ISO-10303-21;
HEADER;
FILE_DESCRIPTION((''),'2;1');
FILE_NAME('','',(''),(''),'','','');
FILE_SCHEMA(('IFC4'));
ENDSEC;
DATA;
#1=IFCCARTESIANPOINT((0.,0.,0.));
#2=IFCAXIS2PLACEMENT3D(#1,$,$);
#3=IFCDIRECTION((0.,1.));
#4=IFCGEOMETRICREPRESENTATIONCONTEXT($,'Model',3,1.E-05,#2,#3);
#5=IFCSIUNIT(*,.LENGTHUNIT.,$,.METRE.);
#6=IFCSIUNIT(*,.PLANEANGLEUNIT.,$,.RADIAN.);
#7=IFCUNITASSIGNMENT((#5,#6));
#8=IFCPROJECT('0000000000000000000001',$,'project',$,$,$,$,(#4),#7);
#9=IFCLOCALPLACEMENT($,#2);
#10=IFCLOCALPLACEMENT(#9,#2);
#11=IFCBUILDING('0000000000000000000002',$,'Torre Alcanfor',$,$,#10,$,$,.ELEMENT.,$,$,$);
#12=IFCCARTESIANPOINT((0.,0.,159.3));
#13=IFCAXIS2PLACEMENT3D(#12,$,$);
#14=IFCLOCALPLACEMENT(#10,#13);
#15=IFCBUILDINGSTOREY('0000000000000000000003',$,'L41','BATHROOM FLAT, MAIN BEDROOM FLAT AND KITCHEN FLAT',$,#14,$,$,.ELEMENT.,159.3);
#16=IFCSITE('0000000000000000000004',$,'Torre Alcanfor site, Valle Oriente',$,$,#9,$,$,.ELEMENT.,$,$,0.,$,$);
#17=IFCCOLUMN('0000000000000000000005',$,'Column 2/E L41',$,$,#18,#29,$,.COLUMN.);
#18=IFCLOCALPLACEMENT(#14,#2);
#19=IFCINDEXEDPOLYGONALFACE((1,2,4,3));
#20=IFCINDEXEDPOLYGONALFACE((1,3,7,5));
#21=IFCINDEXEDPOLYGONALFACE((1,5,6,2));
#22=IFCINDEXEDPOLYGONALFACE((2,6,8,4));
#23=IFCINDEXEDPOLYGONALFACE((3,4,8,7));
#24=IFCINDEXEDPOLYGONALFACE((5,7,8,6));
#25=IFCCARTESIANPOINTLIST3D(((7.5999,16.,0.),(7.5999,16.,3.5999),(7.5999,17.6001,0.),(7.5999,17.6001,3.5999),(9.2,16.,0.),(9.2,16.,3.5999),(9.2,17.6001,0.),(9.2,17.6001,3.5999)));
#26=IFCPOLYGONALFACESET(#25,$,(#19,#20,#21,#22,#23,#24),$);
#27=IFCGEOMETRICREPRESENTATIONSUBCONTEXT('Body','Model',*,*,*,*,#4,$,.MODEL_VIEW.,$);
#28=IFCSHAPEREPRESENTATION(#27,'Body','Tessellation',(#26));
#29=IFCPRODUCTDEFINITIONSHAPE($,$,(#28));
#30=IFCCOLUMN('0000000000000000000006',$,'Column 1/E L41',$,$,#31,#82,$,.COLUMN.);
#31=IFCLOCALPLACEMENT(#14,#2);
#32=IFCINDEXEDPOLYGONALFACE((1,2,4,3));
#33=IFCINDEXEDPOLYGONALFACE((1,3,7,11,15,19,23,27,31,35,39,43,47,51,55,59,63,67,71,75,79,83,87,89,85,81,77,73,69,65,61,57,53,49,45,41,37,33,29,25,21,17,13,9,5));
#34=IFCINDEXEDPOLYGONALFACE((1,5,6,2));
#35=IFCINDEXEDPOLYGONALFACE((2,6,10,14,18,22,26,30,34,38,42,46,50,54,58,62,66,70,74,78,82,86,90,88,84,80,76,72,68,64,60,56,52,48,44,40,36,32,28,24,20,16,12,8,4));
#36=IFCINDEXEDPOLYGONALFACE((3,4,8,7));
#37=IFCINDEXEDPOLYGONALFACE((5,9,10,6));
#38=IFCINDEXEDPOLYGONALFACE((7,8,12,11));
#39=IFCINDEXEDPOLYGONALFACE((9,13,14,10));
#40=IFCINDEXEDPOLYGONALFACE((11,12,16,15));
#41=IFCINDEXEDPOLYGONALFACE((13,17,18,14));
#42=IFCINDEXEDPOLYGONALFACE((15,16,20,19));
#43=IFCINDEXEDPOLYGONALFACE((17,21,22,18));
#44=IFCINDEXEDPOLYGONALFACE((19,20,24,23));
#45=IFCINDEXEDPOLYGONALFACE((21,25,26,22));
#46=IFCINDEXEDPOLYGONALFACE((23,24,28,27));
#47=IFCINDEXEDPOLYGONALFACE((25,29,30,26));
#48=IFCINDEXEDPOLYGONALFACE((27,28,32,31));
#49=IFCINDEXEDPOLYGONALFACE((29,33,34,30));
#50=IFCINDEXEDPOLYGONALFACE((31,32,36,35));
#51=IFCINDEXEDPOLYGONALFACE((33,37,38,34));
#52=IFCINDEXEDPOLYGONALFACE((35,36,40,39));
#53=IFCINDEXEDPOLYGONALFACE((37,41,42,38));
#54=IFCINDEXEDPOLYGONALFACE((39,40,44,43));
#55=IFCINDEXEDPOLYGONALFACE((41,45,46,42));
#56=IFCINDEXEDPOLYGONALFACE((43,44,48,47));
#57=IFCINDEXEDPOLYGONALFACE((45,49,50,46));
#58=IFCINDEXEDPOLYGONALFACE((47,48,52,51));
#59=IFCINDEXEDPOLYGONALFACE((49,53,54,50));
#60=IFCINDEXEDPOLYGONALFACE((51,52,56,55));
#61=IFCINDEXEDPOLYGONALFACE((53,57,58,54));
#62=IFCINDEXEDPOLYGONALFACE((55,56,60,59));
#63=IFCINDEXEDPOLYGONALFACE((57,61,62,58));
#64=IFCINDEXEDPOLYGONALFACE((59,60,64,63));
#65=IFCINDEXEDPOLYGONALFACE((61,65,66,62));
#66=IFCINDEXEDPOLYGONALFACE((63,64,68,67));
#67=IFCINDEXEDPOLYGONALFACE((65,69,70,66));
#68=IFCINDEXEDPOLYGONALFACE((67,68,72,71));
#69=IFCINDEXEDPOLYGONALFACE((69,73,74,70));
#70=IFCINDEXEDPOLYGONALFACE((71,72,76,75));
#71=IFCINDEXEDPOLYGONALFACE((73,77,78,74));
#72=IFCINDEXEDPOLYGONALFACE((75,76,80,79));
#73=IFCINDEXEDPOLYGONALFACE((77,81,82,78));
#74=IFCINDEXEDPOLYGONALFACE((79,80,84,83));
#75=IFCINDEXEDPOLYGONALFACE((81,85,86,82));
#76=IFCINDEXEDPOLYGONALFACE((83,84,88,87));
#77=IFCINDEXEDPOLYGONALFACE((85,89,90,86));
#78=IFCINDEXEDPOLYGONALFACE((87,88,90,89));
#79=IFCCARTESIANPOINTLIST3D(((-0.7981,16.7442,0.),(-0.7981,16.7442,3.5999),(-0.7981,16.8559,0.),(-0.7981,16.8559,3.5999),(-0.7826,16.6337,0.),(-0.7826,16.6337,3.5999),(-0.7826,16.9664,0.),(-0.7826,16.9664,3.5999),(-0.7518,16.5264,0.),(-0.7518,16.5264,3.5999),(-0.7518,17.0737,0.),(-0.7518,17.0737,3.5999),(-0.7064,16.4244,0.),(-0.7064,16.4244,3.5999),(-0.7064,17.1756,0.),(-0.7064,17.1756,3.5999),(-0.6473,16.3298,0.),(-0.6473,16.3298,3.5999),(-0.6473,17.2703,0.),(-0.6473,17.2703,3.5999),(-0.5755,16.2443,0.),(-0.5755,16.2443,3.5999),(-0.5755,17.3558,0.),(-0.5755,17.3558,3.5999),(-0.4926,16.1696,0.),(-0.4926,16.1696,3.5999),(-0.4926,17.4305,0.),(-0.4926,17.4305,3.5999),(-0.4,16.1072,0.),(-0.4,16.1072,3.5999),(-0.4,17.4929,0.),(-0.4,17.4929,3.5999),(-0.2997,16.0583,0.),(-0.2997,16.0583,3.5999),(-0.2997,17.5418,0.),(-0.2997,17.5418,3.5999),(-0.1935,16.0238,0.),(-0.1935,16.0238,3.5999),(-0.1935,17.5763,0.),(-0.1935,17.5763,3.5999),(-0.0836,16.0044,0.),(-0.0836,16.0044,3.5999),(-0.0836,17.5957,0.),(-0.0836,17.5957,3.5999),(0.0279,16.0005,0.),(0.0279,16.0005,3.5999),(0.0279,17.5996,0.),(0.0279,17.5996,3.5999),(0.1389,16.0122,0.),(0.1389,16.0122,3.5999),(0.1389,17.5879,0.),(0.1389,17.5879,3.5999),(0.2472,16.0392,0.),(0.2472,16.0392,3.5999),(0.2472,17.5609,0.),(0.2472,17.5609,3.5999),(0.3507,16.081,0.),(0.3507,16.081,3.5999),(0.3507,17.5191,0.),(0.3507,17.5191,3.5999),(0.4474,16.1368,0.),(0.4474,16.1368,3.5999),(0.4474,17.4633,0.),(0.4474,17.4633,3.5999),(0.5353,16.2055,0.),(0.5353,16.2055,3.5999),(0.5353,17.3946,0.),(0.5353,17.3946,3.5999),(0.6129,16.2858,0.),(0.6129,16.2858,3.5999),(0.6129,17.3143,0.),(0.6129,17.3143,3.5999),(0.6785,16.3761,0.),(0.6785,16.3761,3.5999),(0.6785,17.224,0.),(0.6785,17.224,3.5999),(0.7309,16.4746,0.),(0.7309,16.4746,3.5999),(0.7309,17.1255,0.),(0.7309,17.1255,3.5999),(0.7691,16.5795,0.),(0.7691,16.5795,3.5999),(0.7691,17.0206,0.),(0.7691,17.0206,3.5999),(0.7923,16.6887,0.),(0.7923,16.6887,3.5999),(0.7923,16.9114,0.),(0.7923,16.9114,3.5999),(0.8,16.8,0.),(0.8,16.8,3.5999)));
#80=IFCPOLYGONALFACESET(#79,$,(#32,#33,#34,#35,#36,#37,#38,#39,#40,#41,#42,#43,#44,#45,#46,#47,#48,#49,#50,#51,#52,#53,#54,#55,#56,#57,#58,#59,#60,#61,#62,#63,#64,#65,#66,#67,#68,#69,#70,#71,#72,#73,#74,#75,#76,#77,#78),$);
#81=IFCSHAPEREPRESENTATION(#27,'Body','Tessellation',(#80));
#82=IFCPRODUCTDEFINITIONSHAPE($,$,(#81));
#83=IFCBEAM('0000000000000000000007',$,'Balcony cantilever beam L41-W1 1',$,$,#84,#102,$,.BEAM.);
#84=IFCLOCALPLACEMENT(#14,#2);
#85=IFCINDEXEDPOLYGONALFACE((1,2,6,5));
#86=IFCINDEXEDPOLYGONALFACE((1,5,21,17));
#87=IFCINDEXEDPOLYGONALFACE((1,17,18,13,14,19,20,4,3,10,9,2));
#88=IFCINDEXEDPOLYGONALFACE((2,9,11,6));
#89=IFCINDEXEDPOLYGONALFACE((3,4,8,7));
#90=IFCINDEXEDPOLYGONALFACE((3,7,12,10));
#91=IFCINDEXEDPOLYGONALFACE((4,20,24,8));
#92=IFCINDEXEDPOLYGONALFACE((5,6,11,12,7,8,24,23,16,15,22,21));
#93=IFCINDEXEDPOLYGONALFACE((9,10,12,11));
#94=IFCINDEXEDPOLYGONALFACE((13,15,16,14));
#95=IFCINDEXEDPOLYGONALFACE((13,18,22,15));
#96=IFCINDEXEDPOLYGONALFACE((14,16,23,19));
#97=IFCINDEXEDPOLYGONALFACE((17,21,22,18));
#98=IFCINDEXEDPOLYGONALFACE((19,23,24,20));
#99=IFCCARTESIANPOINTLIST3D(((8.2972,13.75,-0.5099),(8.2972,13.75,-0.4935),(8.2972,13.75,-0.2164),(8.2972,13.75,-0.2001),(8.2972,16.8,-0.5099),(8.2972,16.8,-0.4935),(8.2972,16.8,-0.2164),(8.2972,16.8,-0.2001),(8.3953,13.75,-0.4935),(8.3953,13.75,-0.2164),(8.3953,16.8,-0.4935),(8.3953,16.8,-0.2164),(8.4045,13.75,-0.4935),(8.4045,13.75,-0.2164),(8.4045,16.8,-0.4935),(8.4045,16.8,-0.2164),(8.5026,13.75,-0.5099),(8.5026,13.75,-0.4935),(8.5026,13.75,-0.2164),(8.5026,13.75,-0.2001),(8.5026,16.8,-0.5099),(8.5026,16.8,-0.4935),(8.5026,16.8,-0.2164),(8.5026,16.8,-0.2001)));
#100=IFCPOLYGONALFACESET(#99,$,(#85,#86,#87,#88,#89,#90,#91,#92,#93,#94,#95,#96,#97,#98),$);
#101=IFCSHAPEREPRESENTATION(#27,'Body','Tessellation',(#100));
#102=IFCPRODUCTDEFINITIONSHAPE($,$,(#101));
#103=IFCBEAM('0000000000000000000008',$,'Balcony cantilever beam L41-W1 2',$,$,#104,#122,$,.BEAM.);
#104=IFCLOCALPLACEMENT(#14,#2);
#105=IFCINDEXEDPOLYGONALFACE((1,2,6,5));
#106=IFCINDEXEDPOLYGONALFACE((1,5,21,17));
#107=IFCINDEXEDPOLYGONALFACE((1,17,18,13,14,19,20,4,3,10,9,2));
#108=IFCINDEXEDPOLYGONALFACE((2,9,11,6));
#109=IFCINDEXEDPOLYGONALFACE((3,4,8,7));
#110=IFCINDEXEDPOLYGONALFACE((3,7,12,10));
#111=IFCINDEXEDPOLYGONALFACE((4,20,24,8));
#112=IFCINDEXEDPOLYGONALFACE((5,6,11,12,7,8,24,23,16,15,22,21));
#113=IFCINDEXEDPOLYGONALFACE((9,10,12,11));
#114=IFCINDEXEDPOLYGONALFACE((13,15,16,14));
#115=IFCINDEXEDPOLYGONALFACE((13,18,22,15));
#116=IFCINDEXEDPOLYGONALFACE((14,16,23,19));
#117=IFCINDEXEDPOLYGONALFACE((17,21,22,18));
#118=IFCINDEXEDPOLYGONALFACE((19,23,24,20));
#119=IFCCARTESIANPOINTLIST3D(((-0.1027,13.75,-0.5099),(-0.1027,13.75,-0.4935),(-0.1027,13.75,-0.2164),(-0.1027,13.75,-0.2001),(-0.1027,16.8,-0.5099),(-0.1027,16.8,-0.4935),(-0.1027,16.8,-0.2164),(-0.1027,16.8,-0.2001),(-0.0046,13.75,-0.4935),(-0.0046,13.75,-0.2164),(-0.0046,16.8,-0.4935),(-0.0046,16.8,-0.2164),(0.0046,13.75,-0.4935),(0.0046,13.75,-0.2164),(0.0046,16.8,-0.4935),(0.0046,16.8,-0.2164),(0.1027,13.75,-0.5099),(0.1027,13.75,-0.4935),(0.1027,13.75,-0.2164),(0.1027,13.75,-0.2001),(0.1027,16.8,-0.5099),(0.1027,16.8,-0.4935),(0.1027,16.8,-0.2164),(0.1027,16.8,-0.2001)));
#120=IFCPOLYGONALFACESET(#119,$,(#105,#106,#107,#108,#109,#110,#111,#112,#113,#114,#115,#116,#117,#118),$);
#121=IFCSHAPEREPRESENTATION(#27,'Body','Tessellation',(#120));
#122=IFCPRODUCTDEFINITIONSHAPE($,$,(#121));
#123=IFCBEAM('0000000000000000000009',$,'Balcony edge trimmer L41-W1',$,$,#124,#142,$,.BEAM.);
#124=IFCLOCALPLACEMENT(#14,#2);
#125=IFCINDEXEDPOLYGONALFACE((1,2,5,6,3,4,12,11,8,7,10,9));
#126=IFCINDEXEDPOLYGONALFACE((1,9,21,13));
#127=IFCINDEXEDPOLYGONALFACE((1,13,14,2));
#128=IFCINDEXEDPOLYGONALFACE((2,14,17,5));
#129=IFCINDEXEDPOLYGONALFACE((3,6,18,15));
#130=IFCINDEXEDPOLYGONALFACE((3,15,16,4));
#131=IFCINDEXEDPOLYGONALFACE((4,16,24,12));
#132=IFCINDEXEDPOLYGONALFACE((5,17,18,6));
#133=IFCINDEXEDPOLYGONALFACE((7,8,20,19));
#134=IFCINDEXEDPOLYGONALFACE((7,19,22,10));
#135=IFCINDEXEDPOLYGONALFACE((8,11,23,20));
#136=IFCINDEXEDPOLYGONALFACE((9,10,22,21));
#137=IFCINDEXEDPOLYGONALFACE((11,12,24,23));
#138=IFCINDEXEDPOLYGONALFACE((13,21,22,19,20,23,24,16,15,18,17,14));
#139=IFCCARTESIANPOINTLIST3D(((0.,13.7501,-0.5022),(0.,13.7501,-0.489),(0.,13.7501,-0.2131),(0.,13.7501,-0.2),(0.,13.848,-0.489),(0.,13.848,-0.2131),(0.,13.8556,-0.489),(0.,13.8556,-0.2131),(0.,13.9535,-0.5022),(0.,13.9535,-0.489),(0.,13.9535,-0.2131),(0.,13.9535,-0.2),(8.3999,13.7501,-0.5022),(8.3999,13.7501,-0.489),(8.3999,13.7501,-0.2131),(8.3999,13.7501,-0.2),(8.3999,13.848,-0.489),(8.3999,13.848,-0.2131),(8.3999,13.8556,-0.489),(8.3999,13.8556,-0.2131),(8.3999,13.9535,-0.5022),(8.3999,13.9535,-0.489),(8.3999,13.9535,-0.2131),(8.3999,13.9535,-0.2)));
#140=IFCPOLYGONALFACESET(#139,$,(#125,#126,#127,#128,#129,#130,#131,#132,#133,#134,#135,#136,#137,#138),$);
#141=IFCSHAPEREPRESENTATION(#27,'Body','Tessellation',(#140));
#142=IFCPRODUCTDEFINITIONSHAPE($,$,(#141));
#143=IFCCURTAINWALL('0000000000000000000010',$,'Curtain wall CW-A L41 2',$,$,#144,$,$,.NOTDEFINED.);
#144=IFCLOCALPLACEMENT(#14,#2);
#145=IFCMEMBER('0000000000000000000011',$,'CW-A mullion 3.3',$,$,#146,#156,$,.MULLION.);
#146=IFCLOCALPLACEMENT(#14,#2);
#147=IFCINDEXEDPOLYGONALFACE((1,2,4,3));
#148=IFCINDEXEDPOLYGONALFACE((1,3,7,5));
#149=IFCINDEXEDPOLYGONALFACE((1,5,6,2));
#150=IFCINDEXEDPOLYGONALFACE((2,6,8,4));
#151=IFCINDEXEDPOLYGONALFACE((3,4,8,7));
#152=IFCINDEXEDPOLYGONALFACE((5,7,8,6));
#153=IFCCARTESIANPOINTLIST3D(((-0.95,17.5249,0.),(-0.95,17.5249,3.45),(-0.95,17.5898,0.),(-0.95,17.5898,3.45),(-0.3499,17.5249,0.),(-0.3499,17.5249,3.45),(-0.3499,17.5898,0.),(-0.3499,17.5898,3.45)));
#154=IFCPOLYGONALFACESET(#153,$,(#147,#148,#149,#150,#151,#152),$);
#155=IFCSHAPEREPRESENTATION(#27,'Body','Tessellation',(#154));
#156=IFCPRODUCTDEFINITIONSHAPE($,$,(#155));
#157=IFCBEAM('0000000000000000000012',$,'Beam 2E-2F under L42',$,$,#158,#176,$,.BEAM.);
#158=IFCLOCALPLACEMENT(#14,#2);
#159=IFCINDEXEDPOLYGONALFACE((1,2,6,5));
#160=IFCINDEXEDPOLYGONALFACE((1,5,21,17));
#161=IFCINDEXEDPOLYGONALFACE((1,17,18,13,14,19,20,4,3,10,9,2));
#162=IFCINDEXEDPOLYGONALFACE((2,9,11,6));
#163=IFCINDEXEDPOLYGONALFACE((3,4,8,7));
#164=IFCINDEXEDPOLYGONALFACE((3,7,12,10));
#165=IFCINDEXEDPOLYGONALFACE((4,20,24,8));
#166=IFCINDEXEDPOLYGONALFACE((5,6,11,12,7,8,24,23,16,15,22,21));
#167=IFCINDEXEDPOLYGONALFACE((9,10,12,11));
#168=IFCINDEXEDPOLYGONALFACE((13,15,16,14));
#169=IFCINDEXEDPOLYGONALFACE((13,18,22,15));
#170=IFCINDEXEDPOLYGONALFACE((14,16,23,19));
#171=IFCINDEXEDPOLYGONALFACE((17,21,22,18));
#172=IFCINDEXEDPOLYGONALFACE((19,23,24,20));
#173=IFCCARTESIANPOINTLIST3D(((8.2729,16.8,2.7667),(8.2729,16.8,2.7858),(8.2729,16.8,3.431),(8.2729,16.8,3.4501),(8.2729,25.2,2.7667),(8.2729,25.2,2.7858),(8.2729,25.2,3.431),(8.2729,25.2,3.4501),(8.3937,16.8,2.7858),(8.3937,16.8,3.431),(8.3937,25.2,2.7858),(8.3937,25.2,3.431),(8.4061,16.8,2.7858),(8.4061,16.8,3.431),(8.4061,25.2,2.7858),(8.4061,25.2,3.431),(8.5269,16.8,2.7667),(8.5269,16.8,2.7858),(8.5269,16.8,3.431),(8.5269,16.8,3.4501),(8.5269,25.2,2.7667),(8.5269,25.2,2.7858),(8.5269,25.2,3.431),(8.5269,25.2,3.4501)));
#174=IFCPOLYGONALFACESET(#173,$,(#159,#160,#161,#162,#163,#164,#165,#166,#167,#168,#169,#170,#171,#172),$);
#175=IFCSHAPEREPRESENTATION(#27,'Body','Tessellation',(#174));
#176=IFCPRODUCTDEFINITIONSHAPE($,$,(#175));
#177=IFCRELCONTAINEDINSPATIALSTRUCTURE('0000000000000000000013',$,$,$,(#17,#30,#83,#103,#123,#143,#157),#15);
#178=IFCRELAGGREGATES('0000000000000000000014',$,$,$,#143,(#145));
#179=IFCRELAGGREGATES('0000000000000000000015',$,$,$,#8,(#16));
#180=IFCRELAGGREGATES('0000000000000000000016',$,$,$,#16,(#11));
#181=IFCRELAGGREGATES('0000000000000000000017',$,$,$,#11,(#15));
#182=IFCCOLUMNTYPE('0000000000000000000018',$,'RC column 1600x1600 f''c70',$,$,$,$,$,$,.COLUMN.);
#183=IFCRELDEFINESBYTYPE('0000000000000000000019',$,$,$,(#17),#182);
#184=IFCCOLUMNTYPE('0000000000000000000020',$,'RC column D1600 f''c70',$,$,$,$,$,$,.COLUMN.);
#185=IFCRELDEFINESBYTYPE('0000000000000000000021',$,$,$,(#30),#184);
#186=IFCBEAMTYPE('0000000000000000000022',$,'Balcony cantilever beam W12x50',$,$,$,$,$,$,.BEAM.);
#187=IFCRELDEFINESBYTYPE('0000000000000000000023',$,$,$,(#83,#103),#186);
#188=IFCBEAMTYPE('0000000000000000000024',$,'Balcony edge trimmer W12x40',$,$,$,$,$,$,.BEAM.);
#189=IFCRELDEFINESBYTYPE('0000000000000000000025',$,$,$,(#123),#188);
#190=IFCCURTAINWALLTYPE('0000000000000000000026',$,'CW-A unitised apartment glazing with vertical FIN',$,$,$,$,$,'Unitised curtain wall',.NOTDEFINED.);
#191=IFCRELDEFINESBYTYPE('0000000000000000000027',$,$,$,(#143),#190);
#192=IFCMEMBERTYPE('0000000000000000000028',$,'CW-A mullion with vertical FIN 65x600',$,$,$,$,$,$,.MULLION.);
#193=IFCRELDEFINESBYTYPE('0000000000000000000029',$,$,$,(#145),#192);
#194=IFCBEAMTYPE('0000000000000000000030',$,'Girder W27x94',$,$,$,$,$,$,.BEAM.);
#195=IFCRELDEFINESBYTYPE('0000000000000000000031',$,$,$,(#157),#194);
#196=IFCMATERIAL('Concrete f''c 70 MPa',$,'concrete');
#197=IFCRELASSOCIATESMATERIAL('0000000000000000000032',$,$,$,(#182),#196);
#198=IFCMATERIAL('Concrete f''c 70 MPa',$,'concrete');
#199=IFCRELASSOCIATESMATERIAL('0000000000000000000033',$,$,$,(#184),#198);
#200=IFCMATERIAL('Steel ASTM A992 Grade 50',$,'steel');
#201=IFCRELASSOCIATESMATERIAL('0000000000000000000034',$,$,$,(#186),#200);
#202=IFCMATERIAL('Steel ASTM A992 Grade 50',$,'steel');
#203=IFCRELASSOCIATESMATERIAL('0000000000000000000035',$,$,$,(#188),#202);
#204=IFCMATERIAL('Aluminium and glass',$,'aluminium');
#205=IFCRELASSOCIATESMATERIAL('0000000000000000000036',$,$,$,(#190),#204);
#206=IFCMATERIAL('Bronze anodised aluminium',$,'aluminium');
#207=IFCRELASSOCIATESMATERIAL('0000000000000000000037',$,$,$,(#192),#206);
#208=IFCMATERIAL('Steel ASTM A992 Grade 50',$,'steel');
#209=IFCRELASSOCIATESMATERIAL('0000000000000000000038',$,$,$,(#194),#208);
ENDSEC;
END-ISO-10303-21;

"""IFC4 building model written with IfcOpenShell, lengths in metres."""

from ifc_helpers import new_model, si_unit, direction, frame, origin, origin_2d, place, context, subcontext, project, spatial, rectangle, circle, i_section, extrude, material, material_profile, profile_set, type_object, element, aggregate, save


model = new_model("IFC4")

# Units and contexts
model_context = context("Model", 3, precision=1e-05, world=origin(), true_north=direction((0.0, 1.0)))
body_context = subcontext(model_context, "Body", "Model", "MODEL_VIEW")
ifc_project = project(units=[si_unit("LENGTHUNIT", "METRE"), si_unit("PLANEANGLEUNIT", "RADIAN")], contexts=[model_context])

# Site, building, storey
site_placement = place(None, origin())
site = spatial("IfcSite", under=ifc_project, at=site_placement, Name="Torre Alcanfor site, Valle Oriente", CompositionType="ELEMENT", RefElevation=0.0)
building_placement = place(site_placement, origin())
building = spatial("IfcBuilding", under=site, at=building_placement, Name="Torre Alcanfor", CompositionType="ELEMENT")
storey_placement = place(building_placement, frame((0.0, 0.0, 159.3)))
storey = spatial("IfcBuildingStorey", under=building, at=storey_placement, Name="L41", Description="BATHROOM FLAT, MAIN BEDROOM FLAT AND KITCHEN FLAT", CompositionType="ELEMENT", Elevation=159.3)

# Columns
ifc_material_1 = material(Name="Concrete f'c 70 MPa", Category="concrete")
ifc_material_profile_1 = material_profile(ifc_material_1, rectangle(XDim=1.6001, YDim=1.6001, at=origin_2d()), Name="1600x1600")
ifc_profile_set_1 = profile_set([ifc_material_profile_1], Name="Concrete f'c 70 MPa")
column_type_1 = type_object("IfcColumnType", Name="RC column 1600x1600 f'c70", PredefinedType="COLUMN", material=ifc_profile_set_1)
column_1_placement = place(storey_placement, frame((8.3999, 16.8, 0.0), z_axis=(0.0, 0.0, 1.0), x_axis=(1.0, 0.0, 0.0)))
element("IfcColumn", 1, at=column_1_placement, inside=storey, type_object=column_type_1, Name="Column 2/E L41", PredefinedType="COLUMN", context=body_context, shape_type="SweptSolid", body=[
    extrude(rectangle(XDim=1.6001, YDim=1.6001, at=origin_2d()), origin(), (0.0, 0.0, 1.0), 3.5999),
])
ifc_material_2 = material(Name="Concrete f'c 70 MPa", Category="concrete")
ifc_material_profile_2 = material_profile(ifc_material_2, circle(Radius=0.8, at=origin_2d()), Name="D1600")
ifc_profile_set_2 = profile_set([ifc_material_profile_2], Name="Concrete f'c 70 MPa")
column_type_2 = type_object("IfcColumnType", Name="RC column D1600 f'c70", PredefinedType="COLUMN", material=ifc_profile_set_2)
column_2_placement = place(storey_placement, frame((0.0, 16.8, 0.0), z_axis=(0.0, 0.0, 1.0), x_axis=(1.0, 0.0, 0.0)))
element("IfcColumn", 2, at=column_2_placement, inside=storey, type_object=column_type_2, Name="Column 1/E L41", PredefinedType="COLUMN", context=body_context, shape_type="SweptSolid", body=[
    extrude(circle(Radius=0.8, at=origin_2d()), origin(), (0.0, 0.0, 1.0), 3.5999),
])

# Beams
ifc_material_3 = material(Name="Steel ASTM A992 Grade 50", Category="steel")
ifc_material_profile_3 = material_profile(ifc_material_3, i_section(OverallWidth=0.2053, OverallDepth=0.3098, WebThickness=0.0093, FlangeThickness=0.0164, at=origin_2d()), Name="W12x50")
ifc_profile_set_3 = profile_set([ifc_material_profile_3], Name="Steel ASTM A992 Grade 50")
beam_type_1 = type_object("IfcBeamType", Name="Balcony cantilever beam W12x50", PredefinedType="BEAM", material=ifc_profile_set_3)
for number, where, z_axis, x_axis, name in (
    (3, (8.3999, 16.8, -0.355), (0.0, -1.0, 0.0), (1.0, 0.0, 0.0), "Balcony cantilever beam L41-W1 1"),
    (4, (0.0, 16.8, -0.355), (0.0, -1.0, 0.0), (1.0, 0.0, 0.0), "Balcony cantilever beam L41-W1 2"),
):
    element("IfcBeam", number, at=place(storey_placement, frame(where, z_axis=z_axis, x_axis=x_axis)), inside=storey, type_object=beam_type_1, Name=name, PredefinedType="BEAM", context=body_context, shape_type="SweptSolid", body=[
        extrude(i_section(OverallWidth=0.2053, OverallDepth=0.3098, WebThickness=0.0093, FlangeThickness=0.0164, at=origin_2d()), origin(), (0.0, 0.0, 1.0), 3.05),
    ])
ifc_material_4 = material(Name="Steel ASTM A992 Grade 50", Category="steel")
ifc_material_profile_4 = material_profile(ifc_material_4, i_section(OverallWidth=0.2034, OverallDepth=0.3022, WebThickness=0.0076, FlangeThickness=0.0132, at=origin_2d()), Name="W12x40")
ifc_profile_set_4 = profile_set([ifc_material_profile_4], Name="Steel ASTM A992 Grade 50")
beam_type_2 = type_object("IfcBeamType", Name="Balcony edge trimmer W12x40", PredefinedType="BEAM", material=ifc_profile_set_4)
beam_1_placement = place(storey_placement, frame((8.3999, 13.8518, -0.3511), z_axis=(-1.0, 0.0, 0.0), x_axis=(0.0, -1.0, 0.0)))
element("IfcBeam", 5, at=beam_1_placement, inside=storey, type_object=beam_type_2, Name="Balcony edge trimmer L41-W1", PredefinedType="BEAM", context=body_context, shape_type="SweptSolid", body=[
    extrude(i_section(OverallWidth=0.2034, OverallDepth=0.3022, WebThickness=0.0076, FlangeThickness=0.0132, at=origin_2d()), origin(), (0.0, 0.0, 1.0), 8.3999),
])

# Curtain wall, member
ifc_material_5 = material(Name="Aluminium and glass", Category="aluminium")
curtain_wall_type = type_object("IfcCurtainWallType", Name="CW-A unitised apartment glazing with vertical FIN", ElementType="Unitised curtain wall", PredefinedType="NOTDEFINED", material=ifc_material_5)
curtain_wall_placement = place(storey_placement, origin())
curtain_wall = element("IfcCurtainWall", 6, at=curtain_wall_placement, inside=storey, type_object=curtain_wall_type, Name="Curtain wall CW-A L41 2", PredefinedType="NOTDEFINED")
ifc_material_6 = material(Name="Bronze anodised aluminium", Category="aluminium")
ifc_material_profile_5 = material_profile(ifc_material_6, rectangle(XDim=0.6001, YDim=0.0649, at=origin_2d()), Name="CW-A mullion 65x600")
ifc_profile_set_5 = profile_set([ifc_material_profile_5], Name="Bronze anodised aluminium")
member_type = type_object("IfcMemberType", Name="CW-A mullion with vertical FIN 65x600", PredefinedType="MULLION", material=ifc_profile_set_5)
member_placement = place(storey_placement, frame((-0.6499, 17.5574, 0.0), z_axis=(0.0, 0.0, 1.0), x_axis=(1.0, 0.0, 0.0)))
member = element("IfcMember", 7, at=member_placement, type_object=member_type, Name="CW-A mullion 3.3", PredefinedType="MULLION", context=body_context, shape_type="SweptSolid", body=[
    extrude(rectangle(XDim=0.6001, YDim=0.0649, at=origin_2d()), origin(), (0.0, 0.0, 1.0), 3.45),
])

# Beam
ifc_material_7 = material(Name="Steel ASTM A992 Grade 50", Category="steel")
ifc_material_profile_6 = material_profile(ifc_material_7, i_section(OverallWidth=0.2539, OverallDepth=0.6833, WebThickness=0.0125, FlangeThickness=0.019, at=origin_2d()), Name="W27x94")
ifc_profile_set_6 = profile_set([ifc_material_profile_6], Name="Steel ASTM A992 Grade 50")
beam_type_3 = type_object("IfcBeamType", Name="Girder W27x94", PredefinedType="BEAM", material=ifc_profile_set_6)
beam_2_placement = place(storey_placement, frame((8.3999, 16.8, 3.1084), z_axis=(0.0, 1.0, 0.0), x_axis=(-1.0, 0.0, 0.0)))
element("IfcBeam", 8, at=beam_2_placement, inside=storey, type_object=beam_type_3, Name="Beam 2E-2F under L42", PredefinedType="BEAM", context=body_context, shape_type="SweptSolid", body=[
    extrude(i_section(OverallWidth=0.2539, OverallDepth=0.6833, WebThickness=0.0125, FlangeThickness=0.019, at=origin_2d()), origin(), (0.0, 0.0, 1.0), 8.3999),
])

aggregate(curtain_wall, [member])

save(model, "model.ifc")
